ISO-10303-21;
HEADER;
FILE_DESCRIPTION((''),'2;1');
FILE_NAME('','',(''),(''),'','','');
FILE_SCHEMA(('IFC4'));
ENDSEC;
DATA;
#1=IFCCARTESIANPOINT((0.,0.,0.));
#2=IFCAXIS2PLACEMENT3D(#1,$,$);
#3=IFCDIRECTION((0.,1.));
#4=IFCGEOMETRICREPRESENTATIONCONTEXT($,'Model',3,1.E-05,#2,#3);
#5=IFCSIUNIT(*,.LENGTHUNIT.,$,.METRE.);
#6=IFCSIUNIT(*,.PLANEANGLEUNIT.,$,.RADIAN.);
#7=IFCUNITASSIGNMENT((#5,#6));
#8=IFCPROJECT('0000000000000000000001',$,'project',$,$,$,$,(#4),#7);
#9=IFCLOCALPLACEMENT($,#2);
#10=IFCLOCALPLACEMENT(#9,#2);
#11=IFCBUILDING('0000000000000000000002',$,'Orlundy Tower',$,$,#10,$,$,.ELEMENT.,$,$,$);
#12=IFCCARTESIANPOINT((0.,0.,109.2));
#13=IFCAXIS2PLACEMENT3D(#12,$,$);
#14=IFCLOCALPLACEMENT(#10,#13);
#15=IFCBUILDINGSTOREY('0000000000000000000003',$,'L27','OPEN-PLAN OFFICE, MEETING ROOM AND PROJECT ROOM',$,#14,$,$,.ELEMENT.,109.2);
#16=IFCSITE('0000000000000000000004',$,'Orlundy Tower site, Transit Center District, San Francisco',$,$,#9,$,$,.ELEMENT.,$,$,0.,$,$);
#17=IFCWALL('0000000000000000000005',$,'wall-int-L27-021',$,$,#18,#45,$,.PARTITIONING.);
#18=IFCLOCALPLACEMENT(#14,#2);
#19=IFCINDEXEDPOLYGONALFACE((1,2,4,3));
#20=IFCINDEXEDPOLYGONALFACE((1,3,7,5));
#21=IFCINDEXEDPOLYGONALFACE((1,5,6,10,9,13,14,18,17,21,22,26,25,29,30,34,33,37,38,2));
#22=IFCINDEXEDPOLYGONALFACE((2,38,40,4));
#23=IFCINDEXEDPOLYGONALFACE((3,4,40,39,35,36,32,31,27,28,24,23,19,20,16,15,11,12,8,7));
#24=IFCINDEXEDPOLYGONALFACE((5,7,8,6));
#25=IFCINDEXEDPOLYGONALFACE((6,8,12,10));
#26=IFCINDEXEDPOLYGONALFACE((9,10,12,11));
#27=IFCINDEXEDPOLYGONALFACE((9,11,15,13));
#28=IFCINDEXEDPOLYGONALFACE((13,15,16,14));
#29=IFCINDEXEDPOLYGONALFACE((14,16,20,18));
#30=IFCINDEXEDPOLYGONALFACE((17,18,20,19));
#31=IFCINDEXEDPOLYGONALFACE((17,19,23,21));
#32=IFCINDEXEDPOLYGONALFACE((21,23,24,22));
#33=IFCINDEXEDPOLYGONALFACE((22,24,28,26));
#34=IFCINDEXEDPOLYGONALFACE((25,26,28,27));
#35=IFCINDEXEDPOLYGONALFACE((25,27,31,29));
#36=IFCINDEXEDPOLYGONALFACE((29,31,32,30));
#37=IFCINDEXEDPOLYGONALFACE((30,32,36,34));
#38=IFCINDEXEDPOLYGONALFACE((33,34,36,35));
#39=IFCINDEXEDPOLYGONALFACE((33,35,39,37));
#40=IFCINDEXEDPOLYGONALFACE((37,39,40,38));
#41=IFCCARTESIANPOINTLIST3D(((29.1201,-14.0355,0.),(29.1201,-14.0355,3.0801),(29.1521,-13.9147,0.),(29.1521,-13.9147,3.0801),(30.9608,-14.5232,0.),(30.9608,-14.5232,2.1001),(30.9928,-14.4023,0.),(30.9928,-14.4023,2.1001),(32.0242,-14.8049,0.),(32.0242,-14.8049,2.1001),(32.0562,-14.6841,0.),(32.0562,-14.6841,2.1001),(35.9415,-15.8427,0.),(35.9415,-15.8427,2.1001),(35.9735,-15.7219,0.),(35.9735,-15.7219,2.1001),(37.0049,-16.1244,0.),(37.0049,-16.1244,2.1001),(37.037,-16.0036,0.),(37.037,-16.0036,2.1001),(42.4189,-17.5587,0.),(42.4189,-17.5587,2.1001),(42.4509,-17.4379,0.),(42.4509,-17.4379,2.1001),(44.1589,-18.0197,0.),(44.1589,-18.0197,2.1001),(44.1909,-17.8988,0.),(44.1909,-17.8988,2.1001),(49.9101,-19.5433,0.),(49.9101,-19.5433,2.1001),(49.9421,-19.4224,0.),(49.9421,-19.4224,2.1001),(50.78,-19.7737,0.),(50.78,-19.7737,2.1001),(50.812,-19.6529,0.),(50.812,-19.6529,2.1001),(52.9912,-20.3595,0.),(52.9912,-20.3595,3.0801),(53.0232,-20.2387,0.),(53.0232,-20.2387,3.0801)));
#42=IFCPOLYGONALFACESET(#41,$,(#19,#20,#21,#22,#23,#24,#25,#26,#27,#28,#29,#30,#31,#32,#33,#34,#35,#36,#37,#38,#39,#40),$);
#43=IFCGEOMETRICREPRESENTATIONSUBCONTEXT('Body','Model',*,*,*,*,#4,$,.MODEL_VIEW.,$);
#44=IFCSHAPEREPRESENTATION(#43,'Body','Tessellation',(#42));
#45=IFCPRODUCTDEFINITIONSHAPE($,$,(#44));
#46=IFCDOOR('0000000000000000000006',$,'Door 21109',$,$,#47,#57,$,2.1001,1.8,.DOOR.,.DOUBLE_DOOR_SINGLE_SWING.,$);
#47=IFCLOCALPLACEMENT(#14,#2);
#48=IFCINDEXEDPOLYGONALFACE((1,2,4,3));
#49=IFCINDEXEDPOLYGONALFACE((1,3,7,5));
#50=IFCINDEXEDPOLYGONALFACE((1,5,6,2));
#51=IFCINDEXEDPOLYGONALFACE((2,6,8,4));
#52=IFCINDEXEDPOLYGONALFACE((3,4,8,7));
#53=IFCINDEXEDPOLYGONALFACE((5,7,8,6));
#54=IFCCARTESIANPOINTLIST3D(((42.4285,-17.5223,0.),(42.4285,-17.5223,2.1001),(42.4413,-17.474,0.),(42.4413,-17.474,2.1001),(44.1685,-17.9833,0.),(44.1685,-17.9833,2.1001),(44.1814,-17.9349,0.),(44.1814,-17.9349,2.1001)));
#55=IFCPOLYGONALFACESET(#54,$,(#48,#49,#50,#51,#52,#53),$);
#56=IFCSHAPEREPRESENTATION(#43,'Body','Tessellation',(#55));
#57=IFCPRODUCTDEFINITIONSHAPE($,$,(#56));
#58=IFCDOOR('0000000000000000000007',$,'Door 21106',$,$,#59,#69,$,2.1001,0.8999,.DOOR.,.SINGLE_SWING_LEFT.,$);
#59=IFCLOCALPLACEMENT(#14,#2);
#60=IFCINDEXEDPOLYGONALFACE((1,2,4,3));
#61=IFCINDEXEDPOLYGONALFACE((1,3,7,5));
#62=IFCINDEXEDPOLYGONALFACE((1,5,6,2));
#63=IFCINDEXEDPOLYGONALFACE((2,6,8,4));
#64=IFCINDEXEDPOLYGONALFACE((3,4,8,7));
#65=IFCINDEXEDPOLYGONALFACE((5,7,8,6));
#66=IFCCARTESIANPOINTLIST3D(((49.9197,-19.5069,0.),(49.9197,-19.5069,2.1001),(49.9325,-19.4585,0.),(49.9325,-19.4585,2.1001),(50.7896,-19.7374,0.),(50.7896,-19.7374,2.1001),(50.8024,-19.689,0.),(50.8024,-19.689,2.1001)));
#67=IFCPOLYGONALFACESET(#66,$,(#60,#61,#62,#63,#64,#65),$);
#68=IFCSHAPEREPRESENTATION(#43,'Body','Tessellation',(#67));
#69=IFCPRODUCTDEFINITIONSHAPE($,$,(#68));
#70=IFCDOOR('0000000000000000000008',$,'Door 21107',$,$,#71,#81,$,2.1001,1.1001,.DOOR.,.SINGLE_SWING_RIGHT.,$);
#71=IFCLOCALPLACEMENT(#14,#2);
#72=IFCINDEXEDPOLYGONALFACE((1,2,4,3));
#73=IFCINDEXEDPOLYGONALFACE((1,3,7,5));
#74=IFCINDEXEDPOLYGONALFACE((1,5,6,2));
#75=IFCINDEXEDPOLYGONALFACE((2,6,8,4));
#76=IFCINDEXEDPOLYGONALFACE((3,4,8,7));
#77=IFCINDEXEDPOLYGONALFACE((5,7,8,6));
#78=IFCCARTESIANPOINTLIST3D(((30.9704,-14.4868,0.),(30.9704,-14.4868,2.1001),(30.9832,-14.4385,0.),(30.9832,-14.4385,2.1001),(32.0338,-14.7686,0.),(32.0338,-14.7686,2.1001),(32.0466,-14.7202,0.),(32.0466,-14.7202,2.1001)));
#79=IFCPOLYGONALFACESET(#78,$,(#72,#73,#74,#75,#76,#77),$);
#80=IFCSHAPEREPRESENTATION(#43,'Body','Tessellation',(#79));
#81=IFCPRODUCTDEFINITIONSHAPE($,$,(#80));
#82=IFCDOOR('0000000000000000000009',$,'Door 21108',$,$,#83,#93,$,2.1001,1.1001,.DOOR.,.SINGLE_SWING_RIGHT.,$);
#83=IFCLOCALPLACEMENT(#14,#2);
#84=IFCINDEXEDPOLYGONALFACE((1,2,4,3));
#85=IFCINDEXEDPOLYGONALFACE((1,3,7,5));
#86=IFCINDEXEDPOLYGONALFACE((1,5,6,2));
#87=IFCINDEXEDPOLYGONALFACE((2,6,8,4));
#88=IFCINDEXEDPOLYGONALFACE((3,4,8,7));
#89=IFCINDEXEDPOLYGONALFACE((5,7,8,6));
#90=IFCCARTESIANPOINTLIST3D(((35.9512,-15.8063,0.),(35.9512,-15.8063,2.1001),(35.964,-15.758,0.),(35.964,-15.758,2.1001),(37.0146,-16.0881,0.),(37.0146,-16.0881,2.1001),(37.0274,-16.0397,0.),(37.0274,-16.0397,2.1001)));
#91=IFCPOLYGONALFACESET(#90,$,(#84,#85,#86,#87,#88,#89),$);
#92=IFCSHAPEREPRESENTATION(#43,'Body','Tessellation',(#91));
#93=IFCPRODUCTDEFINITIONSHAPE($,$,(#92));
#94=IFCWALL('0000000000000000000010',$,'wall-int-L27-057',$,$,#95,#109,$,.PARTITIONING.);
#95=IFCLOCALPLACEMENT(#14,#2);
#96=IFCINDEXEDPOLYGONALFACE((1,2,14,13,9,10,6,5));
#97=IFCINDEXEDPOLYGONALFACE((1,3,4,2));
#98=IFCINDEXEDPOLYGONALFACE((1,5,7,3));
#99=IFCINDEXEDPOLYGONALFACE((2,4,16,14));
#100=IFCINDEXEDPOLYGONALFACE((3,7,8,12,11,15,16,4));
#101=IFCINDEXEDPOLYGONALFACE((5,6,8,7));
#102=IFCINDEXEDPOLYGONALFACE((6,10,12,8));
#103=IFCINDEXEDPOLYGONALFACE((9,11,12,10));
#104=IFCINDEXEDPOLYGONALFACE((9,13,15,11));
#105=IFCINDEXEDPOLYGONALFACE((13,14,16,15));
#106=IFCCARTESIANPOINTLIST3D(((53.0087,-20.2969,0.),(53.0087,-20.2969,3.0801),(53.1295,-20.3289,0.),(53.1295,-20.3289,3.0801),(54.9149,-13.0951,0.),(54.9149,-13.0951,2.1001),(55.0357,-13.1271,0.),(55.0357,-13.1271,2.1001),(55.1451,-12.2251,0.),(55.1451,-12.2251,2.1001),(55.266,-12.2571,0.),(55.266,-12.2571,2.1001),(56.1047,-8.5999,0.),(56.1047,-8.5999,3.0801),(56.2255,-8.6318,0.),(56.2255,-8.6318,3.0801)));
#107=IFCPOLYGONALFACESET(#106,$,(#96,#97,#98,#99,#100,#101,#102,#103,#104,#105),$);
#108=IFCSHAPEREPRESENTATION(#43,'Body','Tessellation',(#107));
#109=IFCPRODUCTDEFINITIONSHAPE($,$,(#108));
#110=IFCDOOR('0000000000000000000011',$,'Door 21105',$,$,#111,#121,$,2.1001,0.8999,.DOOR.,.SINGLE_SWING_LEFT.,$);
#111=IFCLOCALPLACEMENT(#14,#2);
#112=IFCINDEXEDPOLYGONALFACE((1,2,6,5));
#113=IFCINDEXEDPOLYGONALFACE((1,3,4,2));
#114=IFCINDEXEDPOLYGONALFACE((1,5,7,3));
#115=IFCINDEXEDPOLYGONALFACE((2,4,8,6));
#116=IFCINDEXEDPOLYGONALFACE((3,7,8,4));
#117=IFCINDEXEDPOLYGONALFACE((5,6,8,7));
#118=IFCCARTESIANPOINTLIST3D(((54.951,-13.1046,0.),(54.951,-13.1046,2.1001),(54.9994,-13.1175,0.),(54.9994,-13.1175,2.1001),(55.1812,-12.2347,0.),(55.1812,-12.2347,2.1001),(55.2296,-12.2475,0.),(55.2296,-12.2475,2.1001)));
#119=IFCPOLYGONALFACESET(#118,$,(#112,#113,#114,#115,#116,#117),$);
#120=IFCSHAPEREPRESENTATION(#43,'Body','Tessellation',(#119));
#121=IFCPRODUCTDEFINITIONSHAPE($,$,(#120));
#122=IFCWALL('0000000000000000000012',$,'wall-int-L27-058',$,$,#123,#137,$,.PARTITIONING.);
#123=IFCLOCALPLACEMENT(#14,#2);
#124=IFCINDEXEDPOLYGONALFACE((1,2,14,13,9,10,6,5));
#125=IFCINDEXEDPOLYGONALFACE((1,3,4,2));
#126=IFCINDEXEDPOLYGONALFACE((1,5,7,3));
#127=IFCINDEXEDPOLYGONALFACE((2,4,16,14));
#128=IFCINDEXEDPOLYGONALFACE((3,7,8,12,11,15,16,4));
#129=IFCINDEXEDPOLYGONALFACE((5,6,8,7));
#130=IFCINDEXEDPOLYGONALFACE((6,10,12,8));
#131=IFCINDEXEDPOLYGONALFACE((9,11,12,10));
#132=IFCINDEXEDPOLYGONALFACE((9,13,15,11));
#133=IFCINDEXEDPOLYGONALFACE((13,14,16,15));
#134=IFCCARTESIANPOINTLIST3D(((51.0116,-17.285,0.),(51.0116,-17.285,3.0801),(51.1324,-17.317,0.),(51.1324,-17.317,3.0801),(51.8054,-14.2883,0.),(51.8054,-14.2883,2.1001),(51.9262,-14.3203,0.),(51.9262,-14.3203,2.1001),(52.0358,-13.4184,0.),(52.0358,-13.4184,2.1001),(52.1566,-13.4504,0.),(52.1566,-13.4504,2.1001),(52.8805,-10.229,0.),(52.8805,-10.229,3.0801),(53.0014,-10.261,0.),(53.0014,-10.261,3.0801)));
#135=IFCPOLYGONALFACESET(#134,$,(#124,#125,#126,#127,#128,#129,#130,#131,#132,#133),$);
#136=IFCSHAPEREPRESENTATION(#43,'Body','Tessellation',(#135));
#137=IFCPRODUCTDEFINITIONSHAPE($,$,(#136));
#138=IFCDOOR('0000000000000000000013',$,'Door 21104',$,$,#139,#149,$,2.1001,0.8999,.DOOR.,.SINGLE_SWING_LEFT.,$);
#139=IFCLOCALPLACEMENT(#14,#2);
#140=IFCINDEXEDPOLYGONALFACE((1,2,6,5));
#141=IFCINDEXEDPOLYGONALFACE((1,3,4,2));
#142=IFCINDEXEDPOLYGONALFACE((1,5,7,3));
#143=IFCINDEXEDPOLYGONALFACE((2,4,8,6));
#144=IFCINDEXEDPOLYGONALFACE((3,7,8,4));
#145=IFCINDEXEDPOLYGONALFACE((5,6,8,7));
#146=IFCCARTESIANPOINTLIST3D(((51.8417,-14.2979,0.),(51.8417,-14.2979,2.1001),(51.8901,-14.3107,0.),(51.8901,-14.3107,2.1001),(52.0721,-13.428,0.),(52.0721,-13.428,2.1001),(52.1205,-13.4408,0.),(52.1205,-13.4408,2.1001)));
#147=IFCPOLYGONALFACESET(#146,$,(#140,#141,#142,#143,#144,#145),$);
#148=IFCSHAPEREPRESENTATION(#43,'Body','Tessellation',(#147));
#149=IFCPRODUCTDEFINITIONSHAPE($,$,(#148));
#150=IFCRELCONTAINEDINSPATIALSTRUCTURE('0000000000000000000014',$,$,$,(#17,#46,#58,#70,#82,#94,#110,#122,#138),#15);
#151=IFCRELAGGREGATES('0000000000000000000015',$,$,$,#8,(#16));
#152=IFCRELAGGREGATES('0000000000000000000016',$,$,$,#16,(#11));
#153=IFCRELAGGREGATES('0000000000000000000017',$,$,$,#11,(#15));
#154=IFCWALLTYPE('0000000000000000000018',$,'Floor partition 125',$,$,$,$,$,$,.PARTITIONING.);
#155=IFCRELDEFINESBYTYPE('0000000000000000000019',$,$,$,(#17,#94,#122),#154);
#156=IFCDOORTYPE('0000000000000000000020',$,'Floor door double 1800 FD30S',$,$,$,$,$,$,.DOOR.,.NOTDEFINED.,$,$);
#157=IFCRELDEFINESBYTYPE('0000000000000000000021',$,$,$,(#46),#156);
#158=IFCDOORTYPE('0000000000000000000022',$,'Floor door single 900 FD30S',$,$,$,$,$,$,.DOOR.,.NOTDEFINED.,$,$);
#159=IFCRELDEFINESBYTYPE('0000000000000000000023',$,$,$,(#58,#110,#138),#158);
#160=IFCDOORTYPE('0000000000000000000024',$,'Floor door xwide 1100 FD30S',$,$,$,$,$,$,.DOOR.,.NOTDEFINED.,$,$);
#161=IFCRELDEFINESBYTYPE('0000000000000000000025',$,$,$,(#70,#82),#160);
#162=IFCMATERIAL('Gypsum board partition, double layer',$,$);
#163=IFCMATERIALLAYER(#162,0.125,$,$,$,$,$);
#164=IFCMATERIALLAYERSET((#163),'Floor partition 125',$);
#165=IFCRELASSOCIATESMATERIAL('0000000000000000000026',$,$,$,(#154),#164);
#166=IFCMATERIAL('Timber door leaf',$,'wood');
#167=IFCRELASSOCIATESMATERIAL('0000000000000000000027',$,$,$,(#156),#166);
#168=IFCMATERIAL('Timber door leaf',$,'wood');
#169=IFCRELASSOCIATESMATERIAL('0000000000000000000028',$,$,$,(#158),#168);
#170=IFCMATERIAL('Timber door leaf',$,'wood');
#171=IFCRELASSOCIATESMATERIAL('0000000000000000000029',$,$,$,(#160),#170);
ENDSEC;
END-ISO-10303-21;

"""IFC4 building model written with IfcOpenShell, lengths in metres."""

from ifc_helpers import new_model, si_unit, direction, frame, frame_2d, origin, place, context, subcontext, project, spatial, rectangle, extrude, material, layer, layer_set, type_object, element, fill, save


model = new_model("IFC4")

# Units and contexts
model_context = context("Model", 3, precision=1e-05, world=origin(), true_north=direction((0.0, 1.0)))
body_context = subcontext(model_context, "Body", "Model", "MODEL_VIEW")
ifc_project = project(units=[si_unit("LENGTHUNIT", "METRE"), si_unit("PLANEANGLEUNIT", "RADIAN")], contexts=[model_context])

# Site, building, storey
site_placement = place(None, origin())
site = spatial("IfcSite", under=ifc_project, at=site_placement, Name="Orlundy Tower site, Transit Center District, San Francisco", CompositionType="ELEMENT", RefElevation=0.0)
building_placement = place(site_placement, origin())
building = spatial("IfcBuilding", under=site, at=building_placement, Name="Orlundy Tower", CompositionType="ELEMENT")
storey_placement = place(building_placement, frame((0.0, 0.0, 109.2)))
storey = spatial("IfcBuildingStorey", under=building, at=storey_placement, Name="L27", Description="OPEN-PLAN OFFICE, MEETING ROOM AND PROJECT ROOM", CompositionType="ELEMENT", Elevation=109.2)

# Shared definitions
ifc_material_1 = material(Name="Gypsum board partition, double layer")
ifc_layer_1 = layer(ifc_material_1, 0.125)
ifc_layer_set_1 = layer_set([ifc_layer_1], Name="Floor partition 125")
wall_type_1 = type_object("IfcWallType", Name="Floor partition 125", PredefinedType="PARTITIONING", material=ifc_layer_set_1)

# Wall, openings, doors
wall_1_placement = place(storey_placement, frame((53.0071, -20.2991, 0.0), z_axis=(0.0, 0.0, 1.0), x_axis=(-0.966654, 0.256088, 0.0)))
wall_1 = element("IfcWall", 1, at=wall_1_placement, inside=storey, type_object=wall_type_1, Name="wall-int-L27-021", PredefinedType="PARTITIONING", context=body_context, shape_type="SweptSolid", body=[
    extrude(rectangle(XDim=24.6946, YDim=0.125, at=frame_2d((12.3472, 0.0))), origin(), (0.0, 0.0, 1.0), 3.0801),
])
opening_1_placement = place(wall_1_placement, frame((2.2874, 0.0, 0.0)))
opening_1 = element("IfcOpeningElement", 2, at=opening_1_placement, cuts=wall_1, PredefinedType="OPENING", context=body_context, shape_type="SweptSolid", body=[
    extrude(rectangle(XDim=0.8999, YDim=2.1001, at=frame_2d((0.45, 1.05))), frame((0.0, 0.0725, 0.0), z_axis=(0.0, -1.0, 0.0), x_axis=(1.0, 0.0, 0.0)), (0.0, 0.0, 1.0), 0.145),
])
opening_2_placement = place(wall_1_placement, frame((21.6902, 0.0, 0.0)))
opening_2 = element("IfcOpeningElement", 3, at=opening_2_placement, cuts=wall_1, PredefinedType="OPENING", context=body_context, shape_type="SweptSolid", body=[
    extrude(rectangle(XDim=1.1001, YDim=2.1001, at=frame_2d((0.55, 1.05))), frame((0.0, 0.0725, 0.0), z_axis=(0.0, -1.0, 0.0), x_axis=(1.0, 0.0, 0.0)), (0.0, 0.0, 1.0), 0.145),
])
opening_3_placement = place(wall_1_placement, frame((16.5376, 0.0, 0.0)))
opening_3 = element("IfcOpeningElement", 4, at=opening_3_placement, cuts=wall_1, PredefinedType="OPENING", context=body_context, shape_type="SweptSolid", body=[
    extrude(rectangle(XDim=1.1001, YDim=2.1001, at=frame_2d((0.55, 1.05))), frame((0.0, 0.0725, 0.0), z_axis=(0.0, -1.0, 0.0), x_axis=(1.0, 0.0, 0.0)), (0.0, 0.0, 1.0), 0.145),
])
opening_4_placement = place(wall_1_placement, frame((9.137, 0.0, 0.0)))
opening_4 = element("IfcOpeningElement", 5, at=opening_4_placement, cuts=wall_1, PredefinedType="OPENING", context=body_context, shape_type="SweptSolid", body=[
    extrude(rectangle(XDim=1.8, YDim=2.1001, at=frame_2d((0.8999, 1.05))), frame((0.0, 0.0725, 0.0), z_axis=(0.0, -1.0, 0.0), x_axis=(1.0, 0.0, 0.0)), (0.0, 0.0, 1.0), 0.145),
])
ifc_material_2 = material(Name="Timber door leaf", Category="wood")
door_type_1 = type_object("IfcDoorType", Name="Floor door double 1800 FD30S", OperationType="NOTDEFINED", PredefinedType="DOOR", material=ifc_material_2)
door_1_placement = place(opening_4_placement, origin())
door_1 = element("IfcDoor", 6, at=door_1_placement, inside=storey, type_object=door_type_1, Name="Door 21109", OperationType="DOUBLE_DOOR_SINGLE_SWING", OverallHeight=2.1001, OverallWidth=1.8, PredefinedType="DOOR", context=body_context, shape_type="SweptSolid", body=[
    extrude(rectangle(XDim=1.8, YDim=2.1001, at=frame_2d((0.8999, 1.05))), frame((0.0, 0.0249, 0.0), z_axis=(0.0, -1.0, 0.0), x_axis=(1.0, 0.0, 0.0)), (0.0, 0.0, 1.0), 0.05),
])
fill(opening_4, door_1)
ifc_material_3 = material(Name="Timber door leaf", Category="wood")
door_type_2 = type_object("IfcDoorType", Name="Floor door single 900 FD30S", OperationType="NOTDEFINED", PredefinedType="DOOR", material=ifc_material_3)
door_2_placement = place(opening_1_placement, origin())
door_2 = element("IfcDoor", 7, at=door_2_placement, inside=storey, type_object=door_type_2, Name="Door 21106", OperationType="SINGLE_SWING_LEFT", OverallHeight=2.1001, OverallWidth=0.8999, PredefinedType="DOOR", context=body_context, shape_type="SweptSolid", body=[
    extrude(rectangle(XDim=0.8999, YDim=2.1001, at=frame_2d((0.45, 1.05))), frame((0.0, 0.0249, 0.0), z_axis=(0.0, -1.0, 0.0), x_axis=(1.0, 0.0, 0.0)), (0.0, 0.0, 1.0), 0.05),
])
fill(opening_1, door_2)
ifc_material_4 = material(Name="Timber door leaf", Category="wood")
door_type_3 = type_object("IfcDoorType", Name="Floor door xwide 1100 FD30S", OperationType="NOTDEFINED", PredefinedType="DOOR", material=ifc_material_4)
door_3_placement = place(opening_2_placement, origin())
door_3 = element("IfcDoor", 8, at=door_3_placement, inside=storey, type_object=door_type_3, Name="Door 21107", OperationType="SINGLE_SWING_RIGHT", OverallHeight=2.1001, OverallWidth=1.1001, PredefinedType="DOOR", context=body_context, shape_type="SweptSolid", body=[
    extrude(rectangle(XDim=1.1001, YDim=2.1001, at=frame_2d((0.55, 1.05))), frame((0.0, 0.0249, 0.0), z_axis=(0.0, -1.0, 0.0), x_axis=(1.0, 0.0, 0.0)), (0.0, 0.0, 1.0), 0.05),
])
fill(opening_2, door_3)
door_4_placement = place(opening_3_placement, origin())
door_4 = element("IfcDoor", 9, at=door_4_placement, inside=storey, type_object=door_type_3, Name="Door 21108", OperationType="SINGLE_SWING_RIGHT", OverallHeight=2.1001, OverallWidth=1.1001, PredefinedType="DOOR", context=body_context, shape_type="SweptSolid", body=[
    extrude(rectangle(XDim=1.1001, YDim=2.1001, at=frame_2d((0.55, 1.05))), frame((0.0, 0.0249, 0.0), z_axis=(0.0, -1.0, 0.0), x_axis=(1.0, 0.0, 0.0)), (0.0, 0.0, 1.0), 0.05),
])
fill(opening_3, door_4)

# Walls, openings, doors
wall_2_placement = place(storey_placement, frame((56.165, -8.616, 0.0), z_axis=(0.0, 0.0, 1.0), x_axis=(-0.255868, -0.966712, 0.0)))
wall_2 = element("IfcWall", 10, at=wall_2_placement, inside=storey, type_object=wall_type_1, Name="wall-int-L27-057", PredefinedType="PARTITIONING", context=body_context, shape_type="SweptSolid", body=[
    extrude(rectangle(XDim=12.0999, YDim=0.125, at=frame_2d((6.0498, 0.0))), origin(), (0.0, 0.0, 1.0), 3.0801),
])
opening_5_placement = place(wall_2_placement, frame((3.75, 0.0, 0.0)))
opening_5 = element("IfcOpeningElement", 11, at=opening_5_placement, cuts=wall_2, PredefinedType="OPENING", context=body_context, shape_type="SweptSolid", body=[
    extrude(rectangle(XDim=0.8999, YDim=2.1001, at=frame_2d((0.45, 1.05))), frame((0.0, 0.0725, 0.0), z_axis=(0.0, -1.0, 0.0), x_axis=(1.0, 0.0, 0.0)), (0.0, 0.0, 1.0), 0.145),
])
door_5_placement = place(opening_5_placement, origin())
door_5 = element("IfcDoor", 12, at=door_5_placement, inside=storey, type_object=door_type_2, Name="Door 21105", OperationType="SINGLE_SWING_LEFT", OverallHeight=2.1001, OverallWidth=0.8999, PredefinedType="DOOR", context=body_context, shape_type="SweptSolid", body=[
    extrude(rectangle(XDim=0.8999, YDim=2.1001, at=frame_2d((0.45, 1.05))), frame((0.0, 0.0249, 0.0), z_axis=(0.0, -1.0, 0.0), x_axis=(1.0, 0.0, 0.0)), (0.0, 0.0, 1.0), 0.05),
])
fill(opening_5, door_5)
wall_3_placement = place(storey_placement, frame((51.072, -17.301, 0.0), z_axis=(0.0, 0.0, 1.0), x_axis=(0.256041, 0.966666, 0.0)))
wall_3 = element("IfcWall", 13, at=wall_3_placement, inside=storey, type_object=wall_type_1, Name="wall-int-L27-058", PredefinedType="PARTITIONING", context=body_context, shape_type="SweptSolid", body=[
    extrude(rectangle(XDim=7.2993, YDim=0.125, at=frame_2d((3.6497, 0.0))), origin(), (0.0, 0.0, 1.0), 3.0801),
])
opening_6_placement = place(wall_3_placement, frame((3.1001, 0.0, 0.0)))
opening_6 = element("IfcOpeningElement", 14, at=opening_6_placement, cuts=wall_3, PredefinedType="OPENING", context=body_context, shape_type="SweptSolid", body=[
    extrude(rectangle(XDim=0.8999, YDim=2.1001, at=frame_2d((0.45, 1.05))), frame((0.0, 0.0725, 0.0), z_axis=(0.0, -1.0, 0.0), x_axis=(1.0, 0.0, 0.0)), (0.0, 0.0, 1.0), 0.145),
])
door_6_placement = place(opening_6_placement, origin())
door_6 = element("IfcDoor", 15, at=door_6_placement, inside=storey, type_object=door_type_2, Name="Door 21104", OperationType="SINGLE_SWING_LEFT", OverallHeight=2.1001, OverallWidth=0.8999, PredefinedType="DOOR", context=body_context, shape_type="SweptSolid", body=[
    extrude(rectangle(XDim=0.8999, YDim=2.1001, at=frame_2d((0.45, 1.05))), frame((0.0, 0.0249, 0.0), z_axis=(0.0, -1.0, 0.0), x_axis=(1.0, 0.0, 0.0)), (0.0, 0.0, 1.0), 0.05),
])
fill(opening_6, door_6)

save(model, "model.ifc")
